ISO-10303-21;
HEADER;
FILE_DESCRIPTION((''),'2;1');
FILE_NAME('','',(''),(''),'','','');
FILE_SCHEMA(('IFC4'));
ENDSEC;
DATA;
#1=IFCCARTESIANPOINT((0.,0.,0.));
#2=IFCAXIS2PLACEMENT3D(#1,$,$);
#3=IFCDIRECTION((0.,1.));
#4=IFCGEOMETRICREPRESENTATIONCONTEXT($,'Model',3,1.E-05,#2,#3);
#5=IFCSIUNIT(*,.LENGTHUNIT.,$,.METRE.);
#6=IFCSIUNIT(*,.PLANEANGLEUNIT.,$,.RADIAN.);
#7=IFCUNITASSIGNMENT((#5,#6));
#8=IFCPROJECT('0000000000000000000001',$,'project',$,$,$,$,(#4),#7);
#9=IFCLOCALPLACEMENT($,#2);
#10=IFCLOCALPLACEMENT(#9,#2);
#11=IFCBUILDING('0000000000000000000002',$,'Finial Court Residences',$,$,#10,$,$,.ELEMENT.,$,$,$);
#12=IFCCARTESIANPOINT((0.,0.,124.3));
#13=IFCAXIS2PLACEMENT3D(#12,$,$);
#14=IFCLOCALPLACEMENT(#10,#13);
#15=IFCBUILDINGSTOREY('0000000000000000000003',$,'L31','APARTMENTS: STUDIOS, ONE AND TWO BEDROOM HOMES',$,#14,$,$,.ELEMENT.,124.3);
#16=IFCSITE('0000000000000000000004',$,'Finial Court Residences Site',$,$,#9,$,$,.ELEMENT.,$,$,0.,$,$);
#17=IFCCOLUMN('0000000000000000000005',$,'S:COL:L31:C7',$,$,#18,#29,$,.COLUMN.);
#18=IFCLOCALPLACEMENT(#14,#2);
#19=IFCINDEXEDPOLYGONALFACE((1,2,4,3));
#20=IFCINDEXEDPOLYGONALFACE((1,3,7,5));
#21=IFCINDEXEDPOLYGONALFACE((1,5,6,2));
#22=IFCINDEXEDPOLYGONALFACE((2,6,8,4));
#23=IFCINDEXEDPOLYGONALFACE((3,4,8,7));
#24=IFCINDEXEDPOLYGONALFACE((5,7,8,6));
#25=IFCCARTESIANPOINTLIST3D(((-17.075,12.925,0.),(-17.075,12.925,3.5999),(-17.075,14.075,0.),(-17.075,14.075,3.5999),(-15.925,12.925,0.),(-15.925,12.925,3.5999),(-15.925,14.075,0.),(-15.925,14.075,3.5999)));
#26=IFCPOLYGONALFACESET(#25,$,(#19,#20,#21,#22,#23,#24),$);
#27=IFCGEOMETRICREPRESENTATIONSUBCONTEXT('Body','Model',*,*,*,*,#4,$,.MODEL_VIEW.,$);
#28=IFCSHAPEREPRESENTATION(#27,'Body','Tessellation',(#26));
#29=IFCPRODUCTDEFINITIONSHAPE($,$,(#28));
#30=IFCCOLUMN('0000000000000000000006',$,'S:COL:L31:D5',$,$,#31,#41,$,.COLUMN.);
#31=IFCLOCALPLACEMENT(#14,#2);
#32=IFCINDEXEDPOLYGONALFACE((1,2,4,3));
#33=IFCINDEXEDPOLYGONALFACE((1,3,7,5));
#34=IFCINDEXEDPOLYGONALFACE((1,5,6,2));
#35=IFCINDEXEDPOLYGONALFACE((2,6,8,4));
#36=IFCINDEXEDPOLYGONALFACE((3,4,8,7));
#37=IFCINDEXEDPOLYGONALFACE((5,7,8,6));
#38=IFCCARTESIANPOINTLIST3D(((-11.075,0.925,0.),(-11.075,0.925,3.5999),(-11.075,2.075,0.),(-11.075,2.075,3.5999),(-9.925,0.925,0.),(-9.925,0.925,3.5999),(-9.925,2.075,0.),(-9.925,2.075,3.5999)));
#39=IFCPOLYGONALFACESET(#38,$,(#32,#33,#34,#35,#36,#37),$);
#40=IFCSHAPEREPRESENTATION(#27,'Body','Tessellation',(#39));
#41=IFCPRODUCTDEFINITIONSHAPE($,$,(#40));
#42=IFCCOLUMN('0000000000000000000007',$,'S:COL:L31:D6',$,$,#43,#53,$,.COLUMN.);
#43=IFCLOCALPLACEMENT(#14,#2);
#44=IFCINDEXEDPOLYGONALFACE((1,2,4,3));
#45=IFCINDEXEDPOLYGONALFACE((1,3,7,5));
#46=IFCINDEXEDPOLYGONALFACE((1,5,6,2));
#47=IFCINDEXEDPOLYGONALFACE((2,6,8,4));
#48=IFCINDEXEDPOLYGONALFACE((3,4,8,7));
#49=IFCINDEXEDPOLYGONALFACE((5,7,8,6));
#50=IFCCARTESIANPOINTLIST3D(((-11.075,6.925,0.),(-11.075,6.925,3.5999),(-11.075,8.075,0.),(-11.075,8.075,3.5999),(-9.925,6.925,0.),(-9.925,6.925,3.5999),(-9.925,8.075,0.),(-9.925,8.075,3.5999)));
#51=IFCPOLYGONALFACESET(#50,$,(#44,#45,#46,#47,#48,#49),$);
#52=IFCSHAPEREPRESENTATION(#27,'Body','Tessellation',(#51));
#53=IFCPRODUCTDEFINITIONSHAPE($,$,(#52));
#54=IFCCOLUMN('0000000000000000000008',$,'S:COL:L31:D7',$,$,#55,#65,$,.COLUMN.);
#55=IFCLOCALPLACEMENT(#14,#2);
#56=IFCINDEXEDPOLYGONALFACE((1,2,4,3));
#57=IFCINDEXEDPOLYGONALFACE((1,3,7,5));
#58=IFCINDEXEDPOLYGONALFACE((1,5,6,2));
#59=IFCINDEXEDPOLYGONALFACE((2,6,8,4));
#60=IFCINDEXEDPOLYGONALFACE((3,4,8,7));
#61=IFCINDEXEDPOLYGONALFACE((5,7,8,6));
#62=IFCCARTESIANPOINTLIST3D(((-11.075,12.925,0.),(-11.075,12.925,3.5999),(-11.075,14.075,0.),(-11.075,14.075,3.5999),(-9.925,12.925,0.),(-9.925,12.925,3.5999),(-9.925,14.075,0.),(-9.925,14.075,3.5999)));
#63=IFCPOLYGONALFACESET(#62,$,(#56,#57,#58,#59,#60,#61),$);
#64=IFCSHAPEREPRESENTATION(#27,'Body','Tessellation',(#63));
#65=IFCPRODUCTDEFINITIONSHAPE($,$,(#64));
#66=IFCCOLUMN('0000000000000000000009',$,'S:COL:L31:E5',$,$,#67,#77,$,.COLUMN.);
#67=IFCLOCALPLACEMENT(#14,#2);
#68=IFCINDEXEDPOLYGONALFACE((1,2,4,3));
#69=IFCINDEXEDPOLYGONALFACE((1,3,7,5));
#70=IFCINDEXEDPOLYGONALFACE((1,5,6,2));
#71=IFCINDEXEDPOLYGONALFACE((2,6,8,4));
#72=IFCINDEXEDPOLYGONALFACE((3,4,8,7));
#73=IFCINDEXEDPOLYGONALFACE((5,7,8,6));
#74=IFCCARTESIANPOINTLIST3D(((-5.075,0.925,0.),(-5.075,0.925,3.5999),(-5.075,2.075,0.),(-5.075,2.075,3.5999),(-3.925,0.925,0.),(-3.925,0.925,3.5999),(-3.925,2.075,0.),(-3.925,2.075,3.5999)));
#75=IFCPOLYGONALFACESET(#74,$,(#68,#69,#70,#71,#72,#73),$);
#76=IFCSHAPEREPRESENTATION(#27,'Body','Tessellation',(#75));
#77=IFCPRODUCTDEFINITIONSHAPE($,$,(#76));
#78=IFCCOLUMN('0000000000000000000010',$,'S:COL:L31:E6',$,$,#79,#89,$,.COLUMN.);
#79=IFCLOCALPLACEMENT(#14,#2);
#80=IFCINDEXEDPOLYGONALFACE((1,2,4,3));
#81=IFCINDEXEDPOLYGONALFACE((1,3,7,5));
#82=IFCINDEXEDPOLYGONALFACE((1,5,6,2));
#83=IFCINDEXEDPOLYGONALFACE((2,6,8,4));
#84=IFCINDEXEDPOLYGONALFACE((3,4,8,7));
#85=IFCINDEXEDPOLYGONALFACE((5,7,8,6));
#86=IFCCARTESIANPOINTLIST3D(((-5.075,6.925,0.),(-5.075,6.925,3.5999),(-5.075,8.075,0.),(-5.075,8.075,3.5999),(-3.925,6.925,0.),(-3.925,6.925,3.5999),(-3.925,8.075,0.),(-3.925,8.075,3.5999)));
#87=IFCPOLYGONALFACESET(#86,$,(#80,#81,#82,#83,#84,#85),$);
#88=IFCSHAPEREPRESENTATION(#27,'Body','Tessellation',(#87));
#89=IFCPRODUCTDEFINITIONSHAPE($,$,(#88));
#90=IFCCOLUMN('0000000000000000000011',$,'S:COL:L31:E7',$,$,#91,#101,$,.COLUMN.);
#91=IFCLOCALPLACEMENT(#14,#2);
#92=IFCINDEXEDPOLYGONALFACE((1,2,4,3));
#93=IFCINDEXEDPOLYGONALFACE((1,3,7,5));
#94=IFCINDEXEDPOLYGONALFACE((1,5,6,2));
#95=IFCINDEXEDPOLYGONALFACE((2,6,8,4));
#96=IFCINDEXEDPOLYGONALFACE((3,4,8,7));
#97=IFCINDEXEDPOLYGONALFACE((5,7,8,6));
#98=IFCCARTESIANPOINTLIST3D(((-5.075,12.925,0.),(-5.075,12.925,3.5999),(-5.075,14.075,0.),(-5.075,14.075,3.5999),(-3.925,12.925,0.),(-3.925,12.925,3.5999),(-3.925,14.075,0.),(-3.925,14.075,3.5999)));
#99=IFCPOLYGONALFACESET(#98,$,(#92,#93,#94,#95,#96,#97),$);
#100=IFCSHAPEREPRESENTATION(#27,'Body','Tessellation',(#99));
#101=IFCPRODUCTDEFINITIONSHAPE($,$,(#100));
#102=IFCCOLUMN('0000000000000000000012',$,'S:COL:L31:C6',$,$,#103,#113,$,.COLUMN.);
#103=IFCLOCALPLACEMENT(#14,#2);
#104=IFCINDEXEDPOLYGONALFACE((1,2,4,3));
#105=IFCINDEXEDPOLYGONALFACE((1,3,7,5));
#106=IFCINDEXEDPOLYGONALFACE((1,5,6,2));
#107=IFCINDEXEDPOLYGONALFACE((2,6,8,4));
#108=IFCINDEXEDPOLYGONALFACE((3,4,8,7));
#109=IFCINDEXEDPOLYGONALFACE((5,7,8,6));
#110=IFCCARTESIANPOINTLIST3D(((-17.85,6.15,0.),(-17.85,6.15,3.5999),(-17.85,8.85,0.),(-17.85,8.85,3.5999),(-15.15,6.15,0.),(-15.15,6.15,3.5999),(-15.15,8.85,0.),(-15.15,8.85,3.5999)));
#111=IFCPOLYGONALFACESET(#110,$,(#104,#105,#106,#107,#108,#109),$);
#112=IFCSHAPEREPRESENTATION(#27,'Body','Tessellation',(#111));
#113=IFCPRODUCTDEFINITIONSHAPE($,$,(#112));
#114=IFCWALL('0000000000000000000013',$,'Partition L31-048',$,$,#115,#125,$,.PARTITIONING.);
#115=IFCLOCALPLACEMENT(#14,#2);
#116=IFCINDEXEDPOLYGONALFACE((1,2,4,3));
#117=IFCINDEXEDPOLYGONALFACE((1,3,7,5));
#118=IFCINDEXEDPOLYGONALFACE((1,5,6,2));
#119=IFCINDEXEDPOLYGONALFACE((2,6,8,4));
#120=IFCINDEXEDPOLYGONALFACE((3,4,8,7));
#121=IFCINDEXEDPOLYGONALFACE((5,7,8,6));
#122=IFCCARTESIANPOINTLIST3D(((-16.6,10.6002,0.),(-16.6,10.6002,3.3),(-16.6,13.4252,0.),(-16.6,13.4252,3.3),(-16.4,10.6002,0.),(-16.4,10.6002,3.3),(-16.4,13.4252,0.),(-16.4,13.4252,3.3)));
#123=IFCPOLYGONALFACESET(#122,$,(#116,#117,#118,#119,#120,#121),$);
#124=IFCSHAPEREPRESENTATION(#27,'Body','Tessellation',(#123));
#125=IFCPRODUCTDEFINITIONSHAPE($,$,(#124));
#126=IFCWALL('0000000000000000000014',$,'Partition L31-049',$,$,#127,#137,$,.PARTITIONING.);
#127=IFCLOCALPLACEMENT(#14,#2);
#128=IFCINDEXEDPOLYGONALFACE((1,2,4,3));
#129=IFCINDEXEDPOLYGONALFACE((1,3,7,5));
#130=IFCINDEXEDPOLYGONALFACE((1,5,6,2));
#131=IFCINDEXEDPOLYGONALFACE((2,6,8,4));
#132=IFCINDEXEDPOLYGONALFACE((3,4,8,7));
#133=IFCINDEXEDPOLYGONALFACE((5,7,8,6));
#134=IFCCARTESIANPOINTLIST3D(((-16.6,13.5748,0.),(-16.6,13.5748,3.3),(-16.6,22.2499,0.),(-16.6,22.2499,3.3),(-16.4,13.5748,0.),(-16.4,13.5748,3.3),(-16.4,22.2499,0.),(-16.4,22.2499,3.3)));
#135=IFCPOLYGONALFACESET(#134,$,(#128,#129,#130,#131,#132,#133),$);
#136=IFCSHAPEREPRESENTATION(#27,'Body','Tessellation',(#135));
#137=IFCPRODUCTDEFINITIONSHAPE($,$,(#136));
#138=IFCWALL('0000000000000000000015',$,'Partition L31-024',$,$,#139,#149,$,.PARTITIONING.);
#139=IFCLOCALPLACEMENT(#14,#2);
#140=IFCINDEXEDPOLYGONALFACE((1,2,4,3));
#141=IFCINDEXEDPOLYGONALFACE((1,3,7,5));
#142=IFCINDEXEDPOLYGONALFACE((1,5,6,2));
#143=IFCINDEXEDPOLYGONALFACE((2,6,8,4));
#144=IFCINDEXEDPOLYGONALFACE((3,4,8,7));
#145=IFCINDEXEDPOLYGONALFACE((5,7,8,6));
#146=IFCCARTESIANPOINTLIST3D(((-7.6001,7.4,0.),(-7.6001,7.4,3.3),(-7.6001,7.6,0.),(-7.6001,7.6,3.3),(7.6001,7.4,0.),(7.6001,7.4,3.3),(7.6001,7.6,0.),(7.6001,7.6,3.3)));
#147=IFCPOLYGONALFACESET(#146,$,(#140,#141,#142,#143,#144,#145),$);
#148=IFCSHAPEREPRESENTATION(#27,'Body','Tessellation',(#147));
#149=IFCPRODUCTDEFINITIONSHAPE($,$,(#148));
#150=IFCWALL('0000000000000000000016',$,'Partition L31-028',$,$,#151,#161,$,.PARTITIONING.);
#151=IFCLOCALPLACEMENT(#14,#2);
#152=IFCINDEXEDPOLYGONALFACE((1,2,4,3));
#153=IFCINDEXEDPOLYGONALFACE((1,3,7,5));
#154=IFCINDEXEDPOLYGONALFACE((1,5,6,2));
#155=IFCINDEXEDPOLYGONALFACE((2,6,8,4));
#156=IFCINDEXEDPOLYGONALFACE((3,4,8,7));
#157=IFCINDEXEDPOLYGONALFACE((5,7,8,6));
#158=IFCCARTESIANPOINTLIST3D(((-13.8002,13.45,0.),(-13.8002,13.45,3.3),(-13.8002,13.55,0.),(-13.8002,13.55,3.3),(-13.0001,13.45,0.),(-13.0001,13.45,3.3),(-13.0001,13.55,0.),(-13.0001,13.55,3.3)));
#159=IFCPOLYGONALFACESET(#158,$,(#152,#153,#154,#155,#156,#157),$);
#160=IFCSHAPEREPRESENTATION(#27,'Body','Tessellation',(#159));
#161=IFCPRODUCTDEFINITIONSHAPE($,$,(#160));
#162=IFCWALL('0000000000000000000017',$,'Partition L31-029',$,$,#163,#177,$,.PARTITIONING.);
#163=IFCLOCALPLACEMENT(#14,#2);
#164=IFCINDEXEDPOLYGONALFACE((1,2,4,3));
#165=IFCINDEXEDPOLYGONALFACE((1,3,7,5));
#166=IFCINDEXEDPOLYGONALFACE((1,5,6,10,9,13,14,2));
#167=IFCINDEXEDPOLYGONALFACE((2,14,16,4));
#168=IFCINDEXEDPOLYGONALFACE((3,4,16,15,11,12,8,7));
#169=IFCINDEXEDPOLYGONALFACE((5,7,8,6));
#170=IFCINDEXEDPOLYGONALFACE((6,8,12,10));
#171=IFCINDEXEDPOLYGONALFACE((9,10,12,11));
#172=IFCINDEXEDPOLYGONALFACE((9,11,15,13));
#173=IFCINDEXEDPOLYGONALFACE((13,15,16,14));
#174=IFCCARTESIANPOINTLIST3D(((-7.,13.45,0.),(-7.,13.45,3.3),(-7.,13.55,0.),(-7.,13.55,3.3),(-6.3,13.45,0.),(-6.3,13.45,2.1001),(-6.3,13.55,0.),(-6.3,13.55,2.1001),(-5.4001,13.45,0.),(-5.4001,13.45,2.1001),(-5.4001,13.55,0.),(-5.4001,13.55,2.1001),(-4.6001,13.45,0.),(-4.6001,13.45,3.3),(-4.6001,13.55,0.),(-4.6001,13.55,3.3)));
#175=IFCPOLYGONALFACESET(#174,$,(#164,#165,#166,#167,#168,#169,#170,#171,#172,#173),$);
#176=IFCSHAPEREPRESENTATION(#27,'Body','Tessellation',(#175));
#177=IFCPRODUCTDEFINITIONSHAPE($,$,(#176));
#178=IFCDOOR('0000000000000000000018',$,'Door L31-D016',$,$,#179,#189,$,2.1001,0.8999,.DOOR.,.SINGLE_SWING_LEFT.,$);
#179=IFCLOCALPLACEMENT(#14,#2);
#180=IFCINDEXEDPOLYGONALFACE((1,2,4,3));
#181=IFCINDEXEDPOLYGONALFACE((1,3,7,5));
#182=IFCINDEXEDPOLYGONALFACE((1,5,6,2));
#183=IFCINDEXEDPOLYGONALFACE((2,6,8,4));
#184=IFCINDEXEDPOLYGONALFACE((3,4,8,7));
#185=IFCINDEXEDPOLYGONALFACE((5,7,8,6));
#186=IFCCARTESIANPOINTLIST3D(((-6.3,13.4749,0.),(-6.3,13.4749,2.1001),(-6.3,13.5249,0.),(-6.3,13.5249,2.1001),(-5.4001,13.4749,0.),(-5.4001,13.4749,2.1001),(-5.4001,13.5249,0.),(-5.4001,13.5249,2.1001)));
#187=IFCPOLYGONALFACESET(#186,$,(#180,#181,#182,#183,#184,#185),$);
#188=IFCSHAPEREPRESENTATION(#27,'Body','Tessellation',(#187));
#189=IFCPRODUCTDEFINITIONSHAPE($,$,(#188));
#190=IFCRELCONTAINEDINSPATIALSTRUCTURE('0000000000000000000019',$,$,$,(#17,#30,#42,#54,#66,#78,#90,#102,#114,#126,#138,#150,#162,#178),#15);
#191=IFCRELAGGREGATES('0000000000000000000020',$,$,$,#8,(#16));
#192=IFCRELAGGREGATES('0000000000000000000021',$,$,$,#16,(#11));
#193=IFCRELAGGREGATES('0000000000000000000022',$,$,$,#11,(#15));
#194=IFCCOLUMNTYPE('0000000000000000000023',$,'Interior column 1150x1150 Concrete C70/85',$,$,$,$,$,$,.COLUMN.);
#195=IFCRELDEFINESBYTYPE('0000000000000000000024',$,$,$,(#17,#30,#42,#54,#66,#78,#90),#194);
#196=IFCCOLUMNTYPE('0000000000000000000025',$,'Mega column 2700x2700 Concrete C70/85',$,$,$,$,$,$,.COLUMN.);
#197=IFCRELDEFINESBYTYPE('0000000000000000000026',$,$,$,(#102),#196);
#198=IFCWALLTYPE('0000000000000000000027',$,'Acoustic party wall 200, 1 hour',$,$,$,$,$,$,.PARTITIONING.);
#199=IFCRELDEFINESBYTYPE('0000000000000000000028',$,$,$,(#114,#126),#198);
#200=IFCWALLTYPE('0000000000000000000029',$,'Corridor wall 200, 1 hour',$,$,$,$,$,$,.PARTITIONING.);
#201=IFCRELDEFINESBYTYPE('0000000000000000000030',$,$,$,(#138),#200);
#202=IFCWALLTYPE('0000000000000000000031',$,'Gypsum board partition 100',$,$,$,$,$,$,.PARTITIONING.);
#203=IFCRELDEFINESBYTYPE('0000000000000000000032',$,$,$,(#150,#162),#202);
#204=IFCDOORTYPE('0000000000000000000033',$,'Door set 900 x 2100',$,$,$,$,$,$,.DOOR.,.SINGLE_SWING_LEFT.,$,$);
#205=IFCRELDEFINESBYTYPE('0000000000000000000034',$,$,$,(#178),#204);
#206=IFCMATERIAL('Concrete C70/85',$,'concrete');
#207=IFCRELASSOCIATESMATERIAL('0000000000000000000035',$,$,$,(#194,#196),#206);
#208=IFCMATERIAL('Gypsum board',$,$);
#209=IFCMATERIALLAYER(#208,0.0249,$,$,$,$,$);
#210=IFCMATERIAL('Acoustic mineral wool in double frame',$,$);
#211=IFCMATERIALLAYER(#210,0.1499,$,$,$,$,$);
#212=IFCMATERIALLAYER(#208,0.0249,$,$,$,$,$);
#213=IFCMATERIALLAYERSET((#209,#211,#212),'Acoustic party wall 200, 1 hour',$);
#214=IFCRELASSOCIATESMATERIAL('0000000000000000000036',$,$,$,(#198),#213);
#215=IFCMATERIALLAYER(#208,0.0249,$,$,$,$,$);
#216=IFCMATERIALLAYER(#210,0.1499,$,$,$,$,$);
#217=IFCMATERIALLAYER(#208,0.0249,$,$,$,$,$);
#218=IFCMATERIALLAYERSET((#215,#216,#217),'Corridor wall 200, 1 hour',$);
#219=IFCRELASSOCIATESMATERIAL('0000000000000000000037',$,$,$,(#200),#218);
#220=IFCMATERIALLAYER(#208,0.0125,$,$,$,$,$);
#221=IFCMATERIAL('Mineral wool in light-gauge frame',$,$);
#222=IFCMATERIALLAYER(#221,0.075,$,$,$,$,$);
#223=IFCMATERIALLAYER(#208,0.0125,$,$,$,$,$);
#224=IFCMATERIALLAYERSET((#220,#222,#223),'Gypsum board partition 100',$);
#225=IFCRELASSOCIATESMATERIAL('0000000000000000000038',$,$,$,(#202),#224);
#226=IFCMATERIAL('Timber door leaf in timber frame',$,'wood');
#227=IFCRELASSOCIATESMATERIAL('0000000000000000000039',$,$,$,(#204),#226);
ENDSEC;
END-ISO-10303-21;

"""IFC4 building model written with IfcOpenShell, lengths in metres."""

from ifc_helpers import new_model, si_unit, direction, frame, frame_2d, origin, origin_2d, place, context, subcontext, project, spatial, rectangle, extrude, material, layer, layer_set, material_profile, profile_set, type_object, element, fill, save


model = new_model("IFC4")

# Units and contexts
model_context = context("Model", 3, precision=1e-05, world=origin(), true_north=direction((0.0, 1.0)))
body_context = subcontext(model_context, "Body", "Model", "MODEL_VIEW")
ifc_project = project(units=[si_unit("LENGTHUNIT", "METRE"), si_unit("PLANEANGLEUNIT", "RADIAN")], contexts=[model_context])

# Site, building, storey
site_placement = place(None, origin())
site = spatial("IfcSite", under=ifc_project, at=site_placement, Name="Finial Court Residences Site", CompositionType="ELEMENT", RefElevation=0.0)
building_placement = place(site_placement, origin())
building = spatial("IfcBuilding", under=site, at=building_placement, Name="Finial Court Residences", CompositionType="ELEMENT")
storey_placement = place(building_placement, frame((0.0, 0.0, 124.3)))
storey = spatial("IfcBuildingStorey", under=building, at=storey_placement, Name="L31", Description="APARTMENTS: STUDIOS, ONE AND TWO BEDROOM HOMES", CompositionType="ELEMENT", Elevation=124.3)

# Columns
ifc_material_1 = material(Name="Concrete C70/85", Category="concrete")
ifc_material_profile_1 = material_profile(ifc_material_1, rectangle(XDim=1.1499, YDim=1.1499, at=origin_2d()), Name="1150x1150")
ifc_profile_set_1 = profile_set([ifc_material_profile_1], Name="Concrete C70/85")
column_type_1 = type_object("IfcColumnType", Name="Interior column 1150x1150 Concrete C70/85", PredefinedType="COLUMN", material=ifc_profile_set_1)
for number, where, z_axis, x_axis, name in (
    (1, (-16.5, 13.5, 0.0), (0.0, 0.0, 1.0), (1.0, 0.0, 0.0), "S:COL:L31:C7"),
    (2, (-10.5, 1.5, 0.0), (0.0, 0.0, 1.0), (1.0, 0.0, 0.0), "S:COL:L31:D5"),
    (3, (-10.5, 7.5, 0.0), (0.0, 0.0, 1.0), (1.0, 0.0, 0.0), "S:COL:L31:D6"),
    (4, (-10.5, 13.5, 0.0), (0.0, 0.0, 1.0), (1.0, 0.0, 0.0), "S:COL:L31:D7"),
    (5, (-4.5, 1.5, 0.0), (0.0, 0.0, 1.0), (1.0, 0.0, 0.0), "S:COL:L31:E5"),
    (6, (-4.5, 7.5, 0.0), (0.0, 0.0, 1.0), (1.0, 0.0, 0.0), "S:COL:L31:E6"),
    (7, (-4.5, 13.5, 0.0), (0.0, 0.0, 1.0), (1.0, 0.0, 0.0), "S:COL:L31:E7"),
):
    element("IfcColumn", number, at=place(storey_placement, frame(where, z_axis=z_axis, x_axis=x_axis)), inside=storey, type_object=column_type_1, Name=name, PredefinedType="COLUMN", context=body_context, shape_type="SweptSolid", body=[
        extrude(rectangle(XDim=1.1499, YDim=1.1499, at=origin_2d()), origin(), (0.0, 0.0, 1.0), 3.5999),
    ])
ifc_material_profile_2 = material_profile(ifc_material_1, rectangle(XDim=2.7, YDim=2.7, at=origin_2d()), Name="2700x2700")
ifc_profile_set_2 = profile_set([ifc_material_profile_2], Name="Concrete C70/85")
column_type_2 = type_object("IfcColumnType", Name="Mega column 2700x2700 Concrete C70/85", PredefinedType="COLUMN", material=ifc_profile_set_2)
column_placement = place(storey_placement, frame((-16.5, 7.5, 0.0), z_axis=(0.0, 0.0, 1.0), x_axis=(1.0, 0.0, 0.0)))
element("IfcColumn", 8, at=column_placement, inside=storey, type_object=column_type_2, Name="S:COL:L31:C6", PredefinedType="COLUMN", context=body_context, shape_type="SweptSolid", body=[
    extrude(rectangle(XDim=2.7, YDim=2.7, at=origin_2d()), origin(), (0.0, 0.0, 1.0), 3.5999),
])

# Walls
ifc_material_2 = material(Name="Gypsum board")
ifc_layer_1 = layer(ifc_material_2, 0.0249)
ifc_material_3 = material(Name="Acoustic mineral wool in double frame")
ifc_layer_2 = layer(ifc_material_3, 0.1499)
ifc_layer_3 = layer(ifc_material_2, 0.0249)
ifc_layer_set_1 = layer_set([ifc_layer_1, ifc_layer_2, ifc_layer_3], Name="Acoustic party wall 200, 1 hour")
wall_type_1 = type_object("IfcWallType", Name="Acoustic party wall 200, 1 hour", PredefinedType="PARTITIONING", material=ifc_layer_set_1)
wall_1_placement = place(storey_placement, frame((-16.5, 10.6001, 0.0), z_axis=(0.0, 0.0, 1.0), x_axis=(0.0, 1.0, 0.0)))
element("IfcWall", 9, at=wall_1_placement, inside=storey, type_object=wall_type_1, Name="Partition L31-048", PredefinedType="PARTITIONING", context=body_context, shape_type="SweptSolid", body=[
    extrude(rectangle(XDim=2.825, YDim=0.2, at=frame_2d((1.4126, 0.0))), origin(), (0.0, 0.0, 1.0), 3.3),
])
wall_2_placement = place(storey_placement, frame((-16.5, 13.575, 0.0), z_axis=(0.0, 0.0, 1.0), x_axis=(0.0, 1.0, 0.0)))
element("IfcWall", 10, at=wall_2_placement, inside=storey, type_object=wall_type_1, Name="Partition L31-049", PredefinedType="PARTITIONING", context=body_context, shape_type="SweptSolid", body=[
    extrude(rectangle(XDim=8.675, YDim=0.2, at=frame_2d((4.3374, 0.0))), origin(), (0.0, 0.0, 1.0), 3.3),
])
ifc_layer_4 = layer(ifc_material_2, 0.0249)
ifc_layer_5 = layer(ifc_material_3, 0.1499)
ifc_layer_6 = layer(ifc_material_2, 0.0249)
ifc_layer_set_2 = layer_set([ifc_layer_4, ifc_layer_5, ifc_layer_6], Name="Corridor wall 200, 1 hour")
wall_type_2 = type_object("IfcWallType", Name="Corridor wall 200, 1 hour", PredefinedType="PARTITIONING", material=ifc_layer_set_2)
wall_3_placement = place(storey_placement, frame((-7.6001, 7.5, 0.0), z_axis=(0.0, 0.0, 1.0), x_axis=(1.0, 0.0, 0.0)))
element("IfcWall", 11, at=wall_3_placement, inside=storey, type_object=wall_type_2, Name="Partition L31-024", PredefinedType="PARTITIONING", context=body_context, shape_type="SweptSolid", body=[
    extrude(rectangle(XDim=15.2002, YDim=0.2, at=frame_2d((7.6001, 0.0))), origin(), (0.0, 0.0, 1.0), 3.3),
])
ifc_layer_7 = layer(ifc_material_2, 0.0125)
ifc_material_4 = material(Name="Mineral wool in light-gauge frame")
ifc_layer_8 = layer(ifc_material_4, 0.075)
ifc_layer_9 = layer(ifc_material_2, 0.0125)
ifc_layer_set_3 = layer_set([ifc_layer_7, ifc_layer_8, ifc_layer_9], Name="Gypsum board partition 100")
wall_type_3 = type_object("IfcWallType", Name="Gypsum board partition 100", PredefinedType="PARTITIONING", material=ifc_layer_set_3)
wall_4_placement = place(storey_placement, frame((-13.8, 13.5, 0.0), z_axis=(0.0, 0.0, 1.0), x_axis=(1.0, 0.0, 0.0)))
element("IfcWall", 12, at=wall_4_placement, inside=storey, type_object=wall_type_3, Name="Partition L31-028", PredefinedType="PARTITIONING", context=body_context, shape_type="SweptSolid", body=[
    extrude(rectangle(XDim=0.8, YDim=0.1001, at=frame_2d((0.3999, 0.0))), origin(), (0.0, 0.0, 1.0), 3.3),
])

# Wall, opening, door
wall_5_placement = place(storey_placement, frame((-7.0, 13.5, 0.0), z_axis=(0.0, 0.0, 1.0), x_axis=(1.0, 0.0, 0.0)))
wall_5 = element("IfcWall", 13, at=wall_5_placement, inside=storey, type_object=wall_type_3, Name="Partition L31-029", PredefinedType="PARTITIONING", context=body_context, shape_type="SweptSolid", body=[
    extrude(rectangle(XDim=2.3999, YDim=0.1001, at=frame_2d((1.2, 0.0))), origin(), (0.0, 0.0, 1.0), 3.3),
])
opening_1_placement = place(wall_5_placement, frame((0.7, 0.0, 0.0)))
opening_1 = element("IfcOpeningElement", 14, at=opening_1_placement, cuts=wall_5, PredefinedType="OPENING", context=body_context, shape_type="SweptSolid", body=[
    extrude(rectangle(XDim=0.8999, YDim=2.1001, at=frame_2d((0.45, 1.05))), frame((0.0, 0.0601, 0.0), z_axis=(0.0, -1.0, 0.0), x_axis=(1.0, 0.0, 0.0)), (0.0, 0.0, 1.0), 0.1201),
])
ifc_material_5 = material(Name="Timber door leaf in timber frame", Category="wood")
door_type = type_object("IfcDoorType", Name="Door set 900 x 2100", OperationType="SINGLE_SWING_LEFT", PredefinedType="DOOR", material=ifc_material_5)
door_1_placement = place(opening_1_placement, origin())
door_1 = element("IfcDoor", 15, at=door_1_placement, inside=storey, type_object=door_type, Name="Door L31-D016", OperationType="SINGLE_SWING_LEFT", OverallHeight=2.1001, OverallWidth=0.8999, PredefinedType="DOOR", context=body_context, shape_type="SweptSolid", body=[
    extrude(rectangle(XDim=0.8999, YDim=2.1001, at=frame_2d((0.45, 1.05))), frame((0.0, 0.0249, 0.0), z_axis=(0.0, -1.0, 0.0), x_axis=(1.0, 0.0, 0.0)), (0.0, 0.0, 1.0), 0.05),
])
fill(opening_1, door_1)

save(model, "model.ifc")
